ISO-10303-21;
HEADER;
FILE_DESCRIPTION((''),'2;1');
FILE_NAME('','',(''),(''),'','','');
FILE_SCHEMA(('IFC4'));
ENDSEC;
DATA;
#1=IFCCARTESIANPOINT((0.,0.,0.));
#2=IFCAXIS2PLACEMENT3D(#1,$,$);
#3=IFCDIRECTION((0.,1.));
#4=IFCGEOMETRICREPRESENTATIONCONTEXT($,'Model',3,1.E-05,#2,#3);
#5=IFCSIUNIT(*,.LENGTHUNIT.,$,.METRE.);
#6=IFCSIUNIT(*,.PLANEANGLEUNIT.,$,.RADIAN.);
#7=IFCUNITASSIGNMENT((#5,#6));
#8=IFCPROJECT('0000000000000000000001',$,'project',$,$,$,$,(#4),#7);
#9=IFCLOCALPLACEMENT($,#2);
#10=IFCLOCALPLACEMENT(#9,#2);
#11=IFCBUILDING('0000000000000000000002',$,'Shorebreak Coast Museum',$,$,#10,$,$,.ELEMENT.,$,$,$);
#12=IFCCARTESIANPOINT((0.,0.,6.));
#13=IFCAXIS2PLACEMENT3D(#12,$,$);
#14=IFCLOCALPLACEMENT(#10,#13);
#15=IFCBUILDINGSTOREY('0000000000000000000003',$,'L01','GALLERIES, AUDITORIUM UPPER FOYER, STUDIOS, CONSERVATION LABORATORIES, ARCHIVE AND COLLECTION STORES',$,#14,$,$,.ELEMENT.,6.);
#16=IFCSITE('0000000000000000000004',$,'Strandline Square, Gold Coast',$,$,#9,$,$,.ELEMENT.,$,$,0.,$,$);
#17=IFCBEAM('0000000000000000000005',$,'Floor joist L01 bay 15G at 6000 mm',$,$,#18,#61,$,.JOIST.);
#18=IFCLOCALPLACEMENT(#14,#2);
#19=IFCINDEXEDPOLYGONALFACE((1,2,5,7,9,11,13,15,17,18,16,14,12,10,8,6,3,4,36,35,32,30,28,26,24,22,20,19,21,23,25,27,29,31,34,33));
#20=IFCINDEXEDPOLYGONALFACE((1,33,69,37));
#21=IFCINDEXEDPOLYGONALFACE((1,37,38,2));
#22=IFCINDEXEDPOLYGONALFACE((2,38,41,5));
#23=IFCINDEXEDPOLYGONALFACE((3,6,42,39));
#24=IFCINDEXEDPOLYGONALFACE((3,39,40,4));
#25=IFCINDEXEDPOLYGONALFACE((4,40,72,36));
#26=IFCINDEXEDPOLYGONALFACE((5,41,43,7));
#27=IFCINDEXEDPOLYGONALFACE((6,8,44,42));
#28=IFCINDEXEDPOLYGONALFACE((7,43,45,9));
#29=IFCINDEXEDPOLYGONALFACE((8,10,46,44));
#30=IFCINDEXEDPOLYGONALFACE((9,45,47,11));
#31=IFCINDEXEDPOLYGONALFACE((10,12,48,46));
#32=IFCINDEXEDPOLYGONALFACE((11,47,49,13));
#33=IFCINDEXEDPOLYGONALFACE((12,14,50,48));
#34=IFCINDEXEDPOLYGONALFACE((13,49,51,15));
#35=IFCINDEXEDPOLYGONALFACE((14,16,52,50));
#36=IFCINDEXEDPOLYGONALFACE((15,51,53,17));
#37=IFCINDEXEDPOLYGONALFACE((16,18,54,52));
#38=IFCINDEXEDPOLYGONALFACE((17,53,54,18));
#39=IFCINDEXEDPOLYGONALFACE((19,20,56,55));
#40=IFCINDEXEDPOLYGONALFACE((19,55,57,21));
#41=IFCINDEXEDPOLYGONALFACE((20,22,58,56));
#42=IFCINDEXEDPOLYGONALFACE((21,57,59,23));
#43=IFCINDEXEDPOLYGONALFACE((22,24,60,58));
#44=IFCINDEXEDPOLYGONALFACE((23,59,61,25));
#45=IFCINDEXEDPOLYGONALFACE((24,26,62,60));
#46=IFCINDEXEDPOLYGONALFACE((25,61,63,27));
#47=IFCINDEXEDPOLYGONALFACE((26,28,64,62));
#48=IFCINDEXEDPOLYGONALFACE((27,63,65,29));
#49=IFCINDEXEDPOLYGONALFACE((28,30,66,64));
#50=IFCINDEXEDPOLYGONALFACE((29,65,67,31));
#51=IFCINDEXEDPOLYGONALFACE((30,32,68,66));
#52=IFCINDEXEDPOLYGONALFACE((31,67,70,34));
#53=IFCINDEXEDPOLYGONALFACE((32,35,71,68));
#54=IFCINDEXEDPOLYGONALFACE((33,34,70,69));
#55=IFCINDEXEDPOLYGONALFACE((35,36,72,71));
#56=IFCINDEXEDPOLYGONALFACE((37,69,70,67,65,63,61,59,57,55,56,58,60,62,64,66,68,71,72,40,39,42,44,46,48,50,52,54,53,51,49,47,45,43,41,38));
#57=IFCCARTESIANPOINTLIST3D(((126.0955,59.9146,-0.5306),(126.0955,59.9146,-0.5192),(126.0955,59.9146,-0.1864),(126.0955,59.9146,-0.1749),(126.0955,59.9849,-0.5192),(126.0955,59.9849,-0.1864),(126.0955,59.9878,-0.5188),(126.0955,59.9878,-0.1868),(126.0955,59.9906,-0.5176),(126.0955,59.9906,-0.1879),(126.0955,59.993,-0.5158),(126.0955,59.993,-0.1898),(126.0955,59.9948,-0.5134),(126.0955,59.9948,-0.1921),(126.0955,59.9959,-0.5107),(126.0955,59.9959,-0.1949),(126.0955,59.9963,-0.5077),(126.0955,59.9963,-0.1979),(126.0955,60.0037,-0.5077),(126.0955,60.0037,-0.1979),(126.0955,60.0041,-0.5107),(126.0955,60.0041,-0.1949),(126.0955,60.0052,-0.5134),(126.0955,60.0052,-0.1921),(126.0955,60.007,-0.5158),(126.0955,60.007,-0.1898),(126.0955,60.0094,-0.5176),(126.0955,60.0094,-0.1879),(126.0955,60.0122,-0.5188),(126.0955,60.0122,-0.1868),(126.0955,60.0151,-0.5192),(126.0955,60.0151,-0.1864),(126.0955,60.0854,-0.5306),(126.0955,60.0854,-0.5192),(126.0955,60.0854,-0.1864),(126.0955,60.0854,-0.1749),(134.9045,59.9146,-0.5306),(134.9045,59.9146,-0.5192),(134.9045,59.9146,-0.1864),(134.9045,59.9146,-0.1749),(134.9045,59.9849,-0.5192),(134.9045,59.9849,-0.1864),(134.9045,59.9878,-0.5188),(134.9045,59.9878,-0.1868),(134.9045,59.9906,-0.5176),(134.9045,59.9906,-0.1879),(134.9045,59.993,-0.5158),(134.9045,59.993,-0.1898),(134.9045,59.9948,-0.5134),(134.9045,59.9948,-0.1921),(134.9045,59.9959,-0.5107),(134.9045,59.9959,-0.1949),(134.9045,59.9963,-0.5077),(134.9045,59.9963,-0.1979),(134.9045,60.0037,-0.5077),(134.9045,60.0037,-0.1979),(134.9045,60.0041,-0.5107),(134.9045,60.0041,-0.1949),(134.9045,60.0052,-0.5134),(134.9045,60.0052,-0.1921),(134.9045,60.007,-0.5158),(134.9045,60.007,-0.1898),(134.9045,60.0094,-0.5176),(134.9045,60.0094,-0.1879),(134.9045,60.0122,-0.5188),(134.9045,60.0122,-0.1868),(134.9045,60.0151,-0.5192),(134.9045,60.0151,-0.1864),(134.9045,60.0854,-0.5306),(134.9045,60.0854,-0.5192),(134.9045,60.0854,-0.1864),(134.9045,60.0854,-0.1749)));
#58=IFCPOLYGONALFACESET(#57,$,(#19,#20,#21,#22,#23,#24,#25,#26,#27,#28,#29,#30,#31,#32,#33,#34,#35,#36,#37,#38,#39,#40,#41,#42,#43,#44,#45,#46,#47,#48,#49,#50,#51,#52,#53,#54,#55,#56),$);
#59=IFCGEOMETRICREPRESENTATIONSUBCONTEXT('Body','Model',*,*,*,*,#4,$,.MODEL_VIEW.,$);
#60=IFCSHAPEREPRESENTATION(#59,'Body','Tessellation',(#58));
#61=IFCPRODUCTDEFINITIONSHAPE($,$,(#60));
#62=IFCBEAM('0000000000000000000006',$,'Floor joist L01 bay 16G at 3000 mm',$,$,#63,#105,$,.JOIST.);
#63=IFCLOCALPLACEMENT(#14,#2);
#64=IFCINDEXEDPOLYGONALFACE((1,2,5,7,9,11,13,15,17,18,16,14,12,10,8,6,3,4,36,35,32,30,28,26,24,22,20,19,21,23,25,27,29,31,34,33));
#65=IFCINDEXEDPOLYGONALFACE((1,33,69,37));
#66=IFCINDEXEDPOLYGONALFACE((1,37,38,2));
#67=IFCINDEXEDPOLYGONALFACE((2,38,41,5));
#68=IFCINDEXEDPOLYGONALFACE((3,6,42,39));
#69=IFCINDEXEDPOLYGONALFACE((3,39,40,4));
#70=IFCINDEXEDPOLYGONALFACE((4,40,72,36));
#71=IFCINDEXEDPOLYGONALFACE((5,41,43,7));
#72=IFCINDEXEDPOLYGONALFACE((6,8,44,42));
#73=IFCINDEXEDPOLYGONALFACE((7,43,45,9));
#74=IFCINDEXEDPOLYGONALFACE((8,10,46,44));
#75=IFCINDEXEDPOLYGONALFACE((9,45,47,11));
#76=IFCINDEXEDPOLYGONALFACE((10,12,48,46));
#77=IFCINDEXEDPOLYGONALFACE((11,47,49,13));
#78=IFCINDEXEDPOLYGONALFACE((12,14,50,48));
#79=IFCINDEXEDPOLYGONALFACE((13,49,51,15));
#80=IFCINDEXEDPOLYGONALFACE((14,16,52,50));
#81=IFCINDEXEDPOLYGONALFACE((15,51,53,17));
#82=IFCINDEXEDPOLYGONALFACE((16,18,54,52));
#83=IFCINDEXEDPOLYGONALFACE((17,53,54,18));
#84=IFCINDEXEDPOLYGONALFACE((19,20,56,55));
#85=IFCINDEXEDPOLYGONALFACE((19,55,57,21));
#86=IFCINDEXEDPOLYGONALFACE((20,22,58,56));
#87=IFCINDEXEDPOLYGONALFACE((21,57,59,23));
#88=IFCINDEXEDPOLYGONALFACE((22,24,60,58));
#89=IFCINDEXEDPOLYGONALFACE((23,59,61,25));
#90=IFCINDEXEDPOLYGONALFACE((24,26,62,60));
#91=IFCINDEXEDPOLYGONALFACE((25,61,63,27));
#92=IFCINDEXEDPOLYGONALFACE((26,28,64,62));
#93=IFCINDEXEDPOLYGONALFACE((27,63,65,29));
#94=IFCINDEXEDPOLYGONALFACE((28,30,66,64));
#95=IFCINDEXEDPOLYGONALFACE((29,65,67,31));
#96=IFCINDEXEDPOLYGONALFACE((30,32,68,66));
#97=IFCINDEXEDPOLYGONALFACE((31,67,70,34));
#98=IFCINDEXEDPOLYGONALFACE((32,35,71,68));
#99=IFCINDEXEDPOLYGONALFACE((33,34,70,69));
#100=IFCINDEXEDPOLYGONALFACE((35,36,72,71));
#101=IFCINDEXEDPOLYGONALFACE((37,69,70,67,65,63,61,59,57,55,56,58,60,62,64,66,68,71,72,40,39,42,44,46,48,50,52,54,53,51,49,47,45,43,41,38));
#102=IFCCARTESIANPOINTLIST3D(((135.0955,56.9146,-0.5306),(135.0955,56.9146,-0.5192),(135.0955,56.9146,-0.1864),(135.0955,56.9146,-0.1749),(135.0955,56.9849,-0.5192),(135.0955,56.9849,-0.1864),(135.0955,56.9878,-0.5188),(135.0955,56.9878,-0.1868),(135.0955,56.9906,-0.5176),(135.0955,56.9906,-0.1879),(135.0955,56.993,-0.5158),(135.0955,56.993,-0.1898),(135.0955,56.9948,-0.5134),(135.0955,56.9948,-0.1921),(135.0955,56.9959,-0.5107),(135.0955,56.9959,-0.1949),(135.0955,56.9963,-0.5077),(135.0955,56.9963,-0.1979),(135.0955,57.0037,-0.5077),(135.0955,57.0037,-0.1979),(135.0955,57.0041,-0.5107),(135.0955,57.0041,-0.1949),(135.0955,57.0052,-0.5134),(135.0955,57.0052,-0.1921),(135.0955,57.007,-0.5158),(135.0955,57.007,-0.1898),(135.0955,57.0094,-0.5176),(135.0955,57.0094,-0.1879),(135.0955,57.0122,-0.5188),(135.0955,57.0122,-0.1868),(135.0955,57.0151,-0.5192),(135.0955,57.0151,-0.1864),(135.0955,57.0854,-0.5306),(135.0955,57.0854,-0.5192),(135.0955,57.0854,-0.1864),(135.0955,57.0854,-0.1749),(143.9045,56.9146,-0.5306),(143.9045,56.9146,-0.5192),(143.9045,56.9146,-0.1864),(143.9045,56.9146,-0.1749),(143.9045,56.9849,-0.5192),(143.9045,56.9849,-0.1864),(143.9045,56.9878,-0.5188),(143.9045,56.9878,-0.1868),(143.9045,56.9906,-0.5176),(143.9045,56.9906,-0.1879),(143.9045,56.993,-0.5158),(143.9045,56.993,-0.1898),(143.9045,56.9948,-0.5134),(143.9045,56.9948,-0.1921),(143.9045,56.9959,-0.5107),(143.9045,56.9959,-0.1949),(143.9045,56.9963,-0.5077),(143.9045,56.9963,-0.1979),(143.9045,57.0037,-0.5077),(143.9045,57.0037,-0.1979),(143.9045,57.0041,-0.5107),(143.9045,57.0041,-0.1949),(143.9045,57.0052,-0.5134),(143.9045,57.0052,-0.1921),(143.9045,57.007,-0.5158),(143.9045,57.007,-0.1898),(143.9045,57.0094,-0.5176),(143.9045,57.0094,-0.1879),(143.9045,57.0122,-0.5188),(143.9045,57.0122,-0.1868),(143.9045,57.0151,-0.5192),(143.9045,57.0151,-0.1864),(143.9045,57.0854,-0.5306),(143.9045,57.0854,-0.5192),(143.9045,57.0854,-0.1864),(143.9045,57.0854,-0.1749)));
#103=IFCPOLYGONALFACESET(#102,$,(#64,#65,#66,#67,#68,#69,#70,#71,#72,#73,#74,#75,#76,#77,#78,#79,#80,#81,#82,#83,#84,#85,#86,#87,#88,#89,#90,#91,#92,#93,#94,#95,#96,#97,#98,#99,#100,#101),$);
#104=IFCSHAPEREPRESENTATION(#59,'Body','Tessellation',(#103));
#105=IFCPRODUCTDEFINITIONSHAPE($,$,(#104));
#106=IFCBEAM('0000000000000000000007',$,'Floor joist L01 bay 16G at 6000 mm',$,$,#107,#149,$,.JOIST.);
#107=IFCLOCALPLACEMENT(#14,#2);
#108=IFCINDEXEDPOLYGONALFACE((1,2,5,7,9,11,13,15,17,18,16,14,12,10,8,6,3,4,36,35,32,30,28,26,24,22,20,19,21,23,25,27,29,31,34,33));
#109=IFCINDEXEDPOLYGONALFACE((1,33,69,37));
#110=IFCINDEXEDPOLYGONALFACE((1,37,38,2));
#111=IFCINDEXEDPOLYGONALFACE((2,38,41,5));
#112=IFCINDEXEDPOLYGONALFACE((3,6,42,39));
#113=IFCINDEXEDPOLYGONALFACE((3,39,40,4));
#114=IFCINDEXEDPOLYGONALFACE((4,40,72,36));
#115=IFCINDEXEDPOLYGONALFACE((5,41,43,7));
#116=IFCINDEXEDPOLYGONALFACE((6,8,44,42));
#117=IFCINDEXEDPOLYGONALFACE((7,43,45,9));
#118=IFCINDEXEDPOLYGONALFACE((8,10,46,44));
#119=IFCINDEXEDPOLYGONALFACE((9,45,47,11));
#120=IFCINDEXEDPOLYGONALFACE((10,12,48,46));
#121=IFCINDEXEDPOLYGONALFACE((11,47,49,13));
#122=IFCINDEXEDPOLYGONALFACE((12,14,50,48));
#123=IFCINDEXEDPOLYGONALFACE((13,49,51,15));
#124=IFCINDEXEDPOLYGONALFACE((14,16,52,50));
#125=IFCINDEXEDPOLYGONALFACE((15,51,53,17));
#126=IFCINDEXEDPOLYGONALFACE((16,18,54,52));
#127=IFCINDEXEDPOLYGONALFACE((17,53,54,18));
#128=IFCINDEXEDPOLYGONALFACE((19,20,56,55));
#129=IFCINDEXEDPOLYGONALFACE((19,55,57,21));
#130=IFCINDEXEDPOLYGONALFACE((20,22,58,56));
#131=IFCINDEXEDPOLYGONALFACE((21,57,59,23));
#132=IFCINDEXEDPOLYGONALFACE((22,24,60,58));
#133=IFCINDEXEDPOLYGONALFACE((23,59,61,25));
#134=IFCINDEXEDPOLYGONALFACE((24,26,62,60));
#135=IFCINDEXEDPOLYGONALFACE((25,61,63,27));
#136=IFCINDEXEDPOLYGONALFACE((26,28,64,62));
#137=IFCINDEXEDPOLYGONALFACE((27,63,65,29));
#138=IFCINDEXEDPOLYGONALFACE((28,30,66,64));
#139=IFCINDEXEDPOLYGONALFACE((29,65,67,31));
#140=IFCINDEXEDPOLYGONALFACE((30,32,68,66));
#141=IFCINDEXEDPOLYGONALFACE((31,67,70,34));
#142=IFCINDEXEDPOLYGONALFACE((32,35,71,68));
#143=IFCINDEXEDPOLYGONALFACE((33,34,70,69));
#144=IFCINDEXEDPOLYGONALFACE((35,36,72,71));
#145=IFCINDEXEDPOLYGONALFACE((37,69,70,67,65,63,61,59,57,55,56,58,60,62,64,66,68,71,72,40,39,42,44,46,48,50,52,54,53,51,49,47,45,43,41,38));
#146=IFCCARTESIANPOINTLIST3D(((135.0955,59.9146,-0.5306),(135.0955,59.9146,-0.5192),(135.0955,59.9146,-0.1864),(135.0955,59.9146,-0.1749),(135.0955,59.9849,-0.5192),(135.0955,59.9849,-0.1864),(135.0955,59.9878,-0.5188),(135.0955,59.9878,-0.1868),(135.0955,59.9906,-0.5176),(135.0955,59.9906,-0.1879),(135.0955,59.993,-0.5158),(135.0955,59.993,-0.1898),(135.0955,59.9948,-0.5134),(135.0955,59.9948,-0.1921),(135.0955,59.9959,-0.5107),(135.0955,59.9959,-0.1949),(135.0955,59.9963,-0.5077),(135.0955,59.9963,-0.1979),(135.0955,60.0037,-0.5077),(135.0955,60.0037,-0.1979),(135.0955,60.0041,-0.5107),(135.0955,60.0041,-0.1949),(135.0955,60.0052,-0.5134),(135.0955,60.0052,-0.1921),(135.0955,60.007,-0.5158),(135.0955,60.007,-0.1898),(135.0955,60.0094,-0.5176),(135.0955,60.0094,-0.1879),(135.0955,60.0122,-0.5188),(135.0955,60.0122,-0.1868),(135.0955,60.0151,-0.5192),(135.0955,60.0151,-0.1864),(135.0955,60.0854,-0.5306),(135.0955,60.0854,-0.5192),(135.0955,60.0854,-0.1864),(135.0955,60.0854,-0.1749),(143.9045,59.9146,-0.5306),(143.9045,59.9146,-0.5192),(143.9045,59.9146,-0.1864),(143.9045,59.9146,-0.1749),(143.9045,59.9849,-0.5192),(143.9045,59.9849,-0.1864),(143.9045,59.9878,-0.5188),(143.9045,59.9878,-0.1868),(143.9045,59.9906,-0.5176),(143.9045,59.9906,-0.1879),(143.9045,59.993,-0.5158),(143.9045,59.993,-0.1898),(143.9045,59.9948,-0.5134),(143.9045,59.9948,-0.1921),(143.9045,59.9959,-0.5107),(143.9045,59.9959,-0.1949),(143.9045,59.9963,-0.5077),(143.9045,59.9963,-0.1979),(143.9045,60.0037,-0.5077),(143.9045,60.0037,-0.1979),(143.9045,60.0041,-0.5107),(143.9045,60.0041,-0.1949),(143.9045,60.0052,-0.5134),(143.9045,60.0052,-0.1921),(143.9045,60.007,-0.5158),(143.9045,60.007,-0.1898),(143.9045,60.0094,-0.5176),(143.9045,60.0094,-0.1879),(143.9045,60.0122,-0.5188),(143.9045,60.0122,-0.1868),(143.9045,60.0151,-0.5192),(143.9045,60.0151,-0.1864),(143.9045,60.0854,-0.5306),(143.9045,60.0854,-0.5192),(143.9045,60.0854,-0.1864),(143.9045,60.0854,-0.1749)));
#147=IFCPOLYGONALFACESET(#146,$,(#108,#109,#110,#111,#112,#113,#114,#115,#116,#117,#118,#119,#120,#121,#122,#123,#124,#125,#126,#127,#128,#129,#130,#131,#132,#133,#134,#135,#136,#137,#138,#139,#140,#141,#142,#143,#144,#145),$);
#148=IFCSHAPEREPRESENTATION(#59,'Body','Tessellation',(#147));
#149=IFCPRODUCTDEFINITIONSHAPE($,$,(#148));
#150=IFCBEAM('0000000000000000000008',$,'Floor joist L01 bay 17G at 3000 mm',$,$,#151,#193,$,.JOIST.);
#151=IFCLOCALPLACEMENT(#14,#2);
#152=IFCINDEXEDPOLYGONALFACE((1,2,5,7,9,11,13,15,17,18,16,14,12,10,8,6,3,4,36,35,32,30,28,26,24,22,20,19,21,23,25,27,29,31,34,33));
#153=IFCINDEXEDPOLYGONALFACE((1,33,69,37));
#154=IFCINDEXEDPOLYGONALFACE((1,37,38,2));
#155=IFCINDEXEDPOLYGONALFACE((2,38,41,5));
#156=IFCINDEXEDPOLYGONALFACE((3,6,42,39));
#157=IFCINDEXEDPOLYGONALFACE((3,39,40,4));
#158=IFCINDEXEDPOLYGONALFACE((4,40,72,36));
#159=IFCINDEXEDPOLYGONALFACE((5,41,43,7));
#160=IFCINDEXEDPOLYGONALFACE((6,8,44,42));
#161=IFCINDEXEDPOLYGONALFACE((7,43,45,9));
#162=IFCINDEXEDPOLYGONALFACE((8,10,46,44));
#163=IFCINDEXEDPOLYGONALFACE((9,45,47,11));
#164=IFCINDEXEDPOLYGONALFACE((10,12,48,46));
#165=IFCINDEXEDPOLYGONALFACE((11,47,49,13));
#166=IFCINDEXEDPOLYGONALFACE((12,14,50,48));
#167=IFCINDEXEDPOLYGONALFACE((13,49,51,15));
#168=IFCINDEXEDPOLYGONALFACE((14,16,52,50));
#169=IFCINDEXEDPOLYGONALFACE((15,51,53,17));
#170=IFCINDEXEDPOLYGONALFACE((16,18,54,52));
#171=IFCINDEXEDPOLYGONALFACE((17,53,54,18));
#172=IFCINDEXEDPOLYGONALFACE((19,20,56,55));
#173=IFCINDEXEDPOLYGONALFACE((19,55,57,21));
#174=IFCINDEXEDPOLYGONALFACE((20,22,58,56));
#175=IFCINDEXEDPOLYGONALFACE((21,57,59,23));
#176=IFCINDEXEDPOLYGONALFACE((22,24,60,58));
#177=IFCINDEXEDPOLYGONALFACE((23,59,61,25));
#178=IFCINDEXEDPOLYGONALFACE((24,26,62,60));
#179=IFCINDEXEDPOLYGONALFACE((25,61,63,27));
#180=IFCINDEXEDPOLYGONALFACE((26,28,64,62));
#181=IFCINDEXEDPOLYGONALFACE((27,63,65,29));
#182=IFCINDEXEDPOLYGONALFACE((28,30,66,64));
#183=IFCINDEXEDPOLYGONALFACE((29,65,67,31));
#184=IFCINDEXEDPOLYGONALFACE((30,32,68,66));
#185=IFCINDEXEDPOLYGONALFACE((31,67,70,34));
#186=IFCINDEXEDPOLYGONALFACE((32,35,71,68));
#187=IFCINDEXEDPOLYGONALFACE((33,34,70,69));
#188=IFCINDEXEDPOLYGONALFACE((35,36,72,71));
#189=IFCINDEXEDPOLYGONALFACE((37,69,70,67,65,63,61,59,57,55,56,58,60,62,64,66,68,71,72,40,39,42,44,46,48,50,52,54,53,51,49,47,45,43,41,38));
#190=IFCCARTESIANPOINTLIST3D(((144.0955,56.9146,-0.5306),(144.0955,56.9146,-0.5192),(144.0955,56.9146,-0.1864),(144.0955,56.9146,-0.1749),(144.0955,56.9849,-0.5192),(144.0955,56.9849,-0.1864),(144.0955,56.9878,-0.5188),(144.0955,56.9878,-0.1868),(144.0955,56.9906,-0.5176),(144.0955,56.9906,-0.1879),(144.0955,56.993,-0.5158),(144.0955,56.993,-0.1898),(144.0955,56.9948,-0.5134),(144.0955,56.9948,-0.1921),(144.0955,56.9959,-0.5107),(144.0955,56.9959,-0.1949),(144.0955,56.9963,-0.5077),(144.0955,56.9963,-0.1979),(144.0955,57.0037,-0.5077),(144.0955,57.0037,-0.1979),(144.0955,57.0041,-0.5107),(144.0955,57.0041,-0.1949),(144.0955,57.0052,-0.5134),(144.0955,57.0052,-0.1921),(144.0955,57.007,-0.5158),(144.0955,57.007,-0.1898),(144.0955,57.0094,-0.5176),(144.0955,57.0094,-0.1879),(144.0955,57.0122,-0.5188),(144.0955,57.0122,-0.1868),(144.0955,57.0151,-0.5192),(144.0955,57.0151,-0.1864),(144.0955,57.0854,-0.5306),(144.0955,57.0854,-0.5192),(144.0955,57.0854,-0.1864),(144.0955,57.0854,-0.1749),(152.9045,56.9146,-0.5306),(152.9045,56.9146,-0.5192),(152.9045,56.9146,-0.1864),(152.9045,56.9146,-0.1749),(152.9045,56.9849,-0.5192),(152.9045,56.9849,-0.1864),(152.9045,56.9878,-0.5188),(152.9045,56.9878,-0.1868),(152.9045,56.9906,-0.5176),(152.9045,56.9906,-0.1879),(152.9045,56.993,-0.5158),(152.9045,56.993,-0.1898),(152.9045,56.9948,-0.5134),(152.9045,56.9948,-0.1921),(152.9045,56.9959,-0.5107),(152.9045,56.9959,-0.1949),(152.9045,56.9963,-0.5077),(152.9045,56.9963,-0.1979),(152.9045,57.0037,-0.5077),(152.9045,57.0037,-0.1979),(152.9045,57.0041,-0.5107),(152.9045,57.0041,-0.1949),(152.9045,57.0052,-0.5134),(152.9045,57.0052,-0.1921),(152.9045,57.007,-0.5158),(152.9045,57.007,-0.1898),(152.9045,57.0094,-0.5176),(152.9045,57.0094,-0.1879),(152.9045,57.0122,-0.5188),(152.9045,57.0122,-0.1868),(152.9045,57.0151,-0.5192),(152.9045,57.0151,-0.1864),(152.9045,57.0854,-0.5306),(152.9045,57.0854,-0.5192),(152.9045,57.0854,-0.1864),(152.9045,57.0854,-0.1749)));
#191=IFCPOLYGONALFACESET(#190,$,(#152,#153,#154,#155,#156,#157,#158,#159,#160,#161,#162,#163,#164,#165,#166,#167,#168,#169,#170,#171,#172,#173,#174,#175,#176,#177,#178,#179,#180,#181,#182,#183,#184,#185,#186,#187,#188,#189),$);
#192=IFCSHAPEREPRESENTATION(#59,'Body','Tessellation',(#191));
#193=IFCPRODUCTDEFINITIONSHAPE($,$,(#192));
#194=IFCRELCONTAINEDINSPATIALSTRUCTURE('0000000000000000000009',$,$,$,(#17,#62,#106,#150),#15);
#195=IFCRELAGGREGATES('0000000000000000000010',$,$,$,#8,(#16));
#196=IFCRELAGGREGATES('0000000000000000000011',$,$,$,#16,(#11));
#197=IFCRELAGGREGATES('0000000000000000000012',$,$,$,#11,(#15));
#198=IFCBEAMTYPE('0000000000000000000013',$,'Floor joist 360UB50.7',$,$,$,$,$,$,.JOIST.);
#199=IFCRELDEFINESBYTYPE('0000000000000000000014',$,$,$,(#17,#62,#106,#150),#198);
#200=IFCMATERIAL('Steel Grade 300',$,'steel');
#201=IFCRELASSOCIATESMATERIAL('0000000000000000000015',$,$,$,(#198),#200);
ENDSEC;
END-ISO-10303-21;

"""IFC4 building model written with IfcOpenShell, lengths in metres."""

from ifc_helpers import new_model, si_unit, direction, frame, origin, origin_2d, place, context, subcontext, project, spatial, i_section, extrude, material, material_profile, profile_set, type_object, element, save


model = new_model("IFC4")

# Units and contexts
model_context = context("Model", 3, precision=1e-05, world=origin(), true_north=direction((0.0, 1.0)))
body_context = subcontext(model_context, "Body", "Model", "MODEL_VIEW")
ifc_project = project(units=[si_unit("LENGTHUNIT", "METRE"), si_unit("PLANEANGLEUNIT", "RADIAN")], contexts=[model_context])

# Site, building, storey
site_placement = place(None, origin())
site = spatial("IfcSite", under=ifc_project, at=site_placement, Name="Strandline Square, Gold Coast", CompositionType="ELEMENT", RefElevation=0.0)
building_placement = place(site_placement, origin())
building = spatial("IfcBuilding", under=site, at=building_placement, Name="Shorebreak Coast Museum", CompositionType="ELEMENT")
storey_placement = place(building_placement, frame((0.0, 0.0, 6.0)))
storey = spatial("IfcBuildingStorey", under=building, at=storey_placement, Name="L01", Description="GALLERIES, AUDITORIUM UPPER FOYER, STUDIOS, CONSERVATION LABORATORIES, ARCHIVE AND COLLECTION STORES", CompositionType="ELEMENT", Elevation=6.0)

# Beams
ifc_material_1 = material(Name="Steel Grade 300", Category="steel")
ifc_material_profile_1 = material_profile(ifc_material_1, i_section(OverallWidth=0.1709, OverallDepth=0.3557, WebThickness=0.0073, FlangeThickness=0.0115, FilletRadius=0.0115, at=origin_2d()), Name="360UB50.7")
ifc_profile_set_1 = profile_set([ifc_material_profile_1], Name="Steel Grade 300")
beam_type_1 = type_object("IfcBeamType", Name="Floor joist 360UB50.7", PredefinedType="JOIST", material=ifc_profile_set_1)
for number, where, z_axis, x_axis, name in (
    (1, (126.0955, 60.0, -0.3528), (1.0, 0.0, 0.0), (0.0, 1.0, 0.0), "Floor joist L01 bay 15G at 6000 mm"),
    (2, (135.0955, 57.0, -0.3528), (1.0, 0.0, 0.0), (0.0, 1.0, 0.0), "Floor joist L01 bay 16G at 3000 mm"),
    (3, (135.0955, 60.0, -0.3528), (1.0, 0.0, 0.0), (0.0, 1.0, 0.0), "Floor joist L01 bay 16G at 6000 mm"),
    (4, (144.0955, 57.0, -0.3528), (1.0, 0.0, 0.0), (0.0, 1.0, 0.0), "Floor joist L01 bay 17G at 3000 mm"),
):
    element("IfcBeam", number, at=place(storey_placement, frame(where, z_axis=z_axis, x_axis=x_axis)), inside=storey, type_object=beam_type_1, Name=name, PredefinedType="JOIST", context=body_context, shape_type="SweptSolid", body=[
        extrude(i_section(OverallWidth=0.1709, OverallDepth=0.3557, WebThickness=0.0073, FlangeThickness=0.0115, FilletRadius=0.0115, at=origin_2d()), origin(), (0.0, 0.0, 1.0), 8.8091),
    ])

save(model, "model.ifc")
